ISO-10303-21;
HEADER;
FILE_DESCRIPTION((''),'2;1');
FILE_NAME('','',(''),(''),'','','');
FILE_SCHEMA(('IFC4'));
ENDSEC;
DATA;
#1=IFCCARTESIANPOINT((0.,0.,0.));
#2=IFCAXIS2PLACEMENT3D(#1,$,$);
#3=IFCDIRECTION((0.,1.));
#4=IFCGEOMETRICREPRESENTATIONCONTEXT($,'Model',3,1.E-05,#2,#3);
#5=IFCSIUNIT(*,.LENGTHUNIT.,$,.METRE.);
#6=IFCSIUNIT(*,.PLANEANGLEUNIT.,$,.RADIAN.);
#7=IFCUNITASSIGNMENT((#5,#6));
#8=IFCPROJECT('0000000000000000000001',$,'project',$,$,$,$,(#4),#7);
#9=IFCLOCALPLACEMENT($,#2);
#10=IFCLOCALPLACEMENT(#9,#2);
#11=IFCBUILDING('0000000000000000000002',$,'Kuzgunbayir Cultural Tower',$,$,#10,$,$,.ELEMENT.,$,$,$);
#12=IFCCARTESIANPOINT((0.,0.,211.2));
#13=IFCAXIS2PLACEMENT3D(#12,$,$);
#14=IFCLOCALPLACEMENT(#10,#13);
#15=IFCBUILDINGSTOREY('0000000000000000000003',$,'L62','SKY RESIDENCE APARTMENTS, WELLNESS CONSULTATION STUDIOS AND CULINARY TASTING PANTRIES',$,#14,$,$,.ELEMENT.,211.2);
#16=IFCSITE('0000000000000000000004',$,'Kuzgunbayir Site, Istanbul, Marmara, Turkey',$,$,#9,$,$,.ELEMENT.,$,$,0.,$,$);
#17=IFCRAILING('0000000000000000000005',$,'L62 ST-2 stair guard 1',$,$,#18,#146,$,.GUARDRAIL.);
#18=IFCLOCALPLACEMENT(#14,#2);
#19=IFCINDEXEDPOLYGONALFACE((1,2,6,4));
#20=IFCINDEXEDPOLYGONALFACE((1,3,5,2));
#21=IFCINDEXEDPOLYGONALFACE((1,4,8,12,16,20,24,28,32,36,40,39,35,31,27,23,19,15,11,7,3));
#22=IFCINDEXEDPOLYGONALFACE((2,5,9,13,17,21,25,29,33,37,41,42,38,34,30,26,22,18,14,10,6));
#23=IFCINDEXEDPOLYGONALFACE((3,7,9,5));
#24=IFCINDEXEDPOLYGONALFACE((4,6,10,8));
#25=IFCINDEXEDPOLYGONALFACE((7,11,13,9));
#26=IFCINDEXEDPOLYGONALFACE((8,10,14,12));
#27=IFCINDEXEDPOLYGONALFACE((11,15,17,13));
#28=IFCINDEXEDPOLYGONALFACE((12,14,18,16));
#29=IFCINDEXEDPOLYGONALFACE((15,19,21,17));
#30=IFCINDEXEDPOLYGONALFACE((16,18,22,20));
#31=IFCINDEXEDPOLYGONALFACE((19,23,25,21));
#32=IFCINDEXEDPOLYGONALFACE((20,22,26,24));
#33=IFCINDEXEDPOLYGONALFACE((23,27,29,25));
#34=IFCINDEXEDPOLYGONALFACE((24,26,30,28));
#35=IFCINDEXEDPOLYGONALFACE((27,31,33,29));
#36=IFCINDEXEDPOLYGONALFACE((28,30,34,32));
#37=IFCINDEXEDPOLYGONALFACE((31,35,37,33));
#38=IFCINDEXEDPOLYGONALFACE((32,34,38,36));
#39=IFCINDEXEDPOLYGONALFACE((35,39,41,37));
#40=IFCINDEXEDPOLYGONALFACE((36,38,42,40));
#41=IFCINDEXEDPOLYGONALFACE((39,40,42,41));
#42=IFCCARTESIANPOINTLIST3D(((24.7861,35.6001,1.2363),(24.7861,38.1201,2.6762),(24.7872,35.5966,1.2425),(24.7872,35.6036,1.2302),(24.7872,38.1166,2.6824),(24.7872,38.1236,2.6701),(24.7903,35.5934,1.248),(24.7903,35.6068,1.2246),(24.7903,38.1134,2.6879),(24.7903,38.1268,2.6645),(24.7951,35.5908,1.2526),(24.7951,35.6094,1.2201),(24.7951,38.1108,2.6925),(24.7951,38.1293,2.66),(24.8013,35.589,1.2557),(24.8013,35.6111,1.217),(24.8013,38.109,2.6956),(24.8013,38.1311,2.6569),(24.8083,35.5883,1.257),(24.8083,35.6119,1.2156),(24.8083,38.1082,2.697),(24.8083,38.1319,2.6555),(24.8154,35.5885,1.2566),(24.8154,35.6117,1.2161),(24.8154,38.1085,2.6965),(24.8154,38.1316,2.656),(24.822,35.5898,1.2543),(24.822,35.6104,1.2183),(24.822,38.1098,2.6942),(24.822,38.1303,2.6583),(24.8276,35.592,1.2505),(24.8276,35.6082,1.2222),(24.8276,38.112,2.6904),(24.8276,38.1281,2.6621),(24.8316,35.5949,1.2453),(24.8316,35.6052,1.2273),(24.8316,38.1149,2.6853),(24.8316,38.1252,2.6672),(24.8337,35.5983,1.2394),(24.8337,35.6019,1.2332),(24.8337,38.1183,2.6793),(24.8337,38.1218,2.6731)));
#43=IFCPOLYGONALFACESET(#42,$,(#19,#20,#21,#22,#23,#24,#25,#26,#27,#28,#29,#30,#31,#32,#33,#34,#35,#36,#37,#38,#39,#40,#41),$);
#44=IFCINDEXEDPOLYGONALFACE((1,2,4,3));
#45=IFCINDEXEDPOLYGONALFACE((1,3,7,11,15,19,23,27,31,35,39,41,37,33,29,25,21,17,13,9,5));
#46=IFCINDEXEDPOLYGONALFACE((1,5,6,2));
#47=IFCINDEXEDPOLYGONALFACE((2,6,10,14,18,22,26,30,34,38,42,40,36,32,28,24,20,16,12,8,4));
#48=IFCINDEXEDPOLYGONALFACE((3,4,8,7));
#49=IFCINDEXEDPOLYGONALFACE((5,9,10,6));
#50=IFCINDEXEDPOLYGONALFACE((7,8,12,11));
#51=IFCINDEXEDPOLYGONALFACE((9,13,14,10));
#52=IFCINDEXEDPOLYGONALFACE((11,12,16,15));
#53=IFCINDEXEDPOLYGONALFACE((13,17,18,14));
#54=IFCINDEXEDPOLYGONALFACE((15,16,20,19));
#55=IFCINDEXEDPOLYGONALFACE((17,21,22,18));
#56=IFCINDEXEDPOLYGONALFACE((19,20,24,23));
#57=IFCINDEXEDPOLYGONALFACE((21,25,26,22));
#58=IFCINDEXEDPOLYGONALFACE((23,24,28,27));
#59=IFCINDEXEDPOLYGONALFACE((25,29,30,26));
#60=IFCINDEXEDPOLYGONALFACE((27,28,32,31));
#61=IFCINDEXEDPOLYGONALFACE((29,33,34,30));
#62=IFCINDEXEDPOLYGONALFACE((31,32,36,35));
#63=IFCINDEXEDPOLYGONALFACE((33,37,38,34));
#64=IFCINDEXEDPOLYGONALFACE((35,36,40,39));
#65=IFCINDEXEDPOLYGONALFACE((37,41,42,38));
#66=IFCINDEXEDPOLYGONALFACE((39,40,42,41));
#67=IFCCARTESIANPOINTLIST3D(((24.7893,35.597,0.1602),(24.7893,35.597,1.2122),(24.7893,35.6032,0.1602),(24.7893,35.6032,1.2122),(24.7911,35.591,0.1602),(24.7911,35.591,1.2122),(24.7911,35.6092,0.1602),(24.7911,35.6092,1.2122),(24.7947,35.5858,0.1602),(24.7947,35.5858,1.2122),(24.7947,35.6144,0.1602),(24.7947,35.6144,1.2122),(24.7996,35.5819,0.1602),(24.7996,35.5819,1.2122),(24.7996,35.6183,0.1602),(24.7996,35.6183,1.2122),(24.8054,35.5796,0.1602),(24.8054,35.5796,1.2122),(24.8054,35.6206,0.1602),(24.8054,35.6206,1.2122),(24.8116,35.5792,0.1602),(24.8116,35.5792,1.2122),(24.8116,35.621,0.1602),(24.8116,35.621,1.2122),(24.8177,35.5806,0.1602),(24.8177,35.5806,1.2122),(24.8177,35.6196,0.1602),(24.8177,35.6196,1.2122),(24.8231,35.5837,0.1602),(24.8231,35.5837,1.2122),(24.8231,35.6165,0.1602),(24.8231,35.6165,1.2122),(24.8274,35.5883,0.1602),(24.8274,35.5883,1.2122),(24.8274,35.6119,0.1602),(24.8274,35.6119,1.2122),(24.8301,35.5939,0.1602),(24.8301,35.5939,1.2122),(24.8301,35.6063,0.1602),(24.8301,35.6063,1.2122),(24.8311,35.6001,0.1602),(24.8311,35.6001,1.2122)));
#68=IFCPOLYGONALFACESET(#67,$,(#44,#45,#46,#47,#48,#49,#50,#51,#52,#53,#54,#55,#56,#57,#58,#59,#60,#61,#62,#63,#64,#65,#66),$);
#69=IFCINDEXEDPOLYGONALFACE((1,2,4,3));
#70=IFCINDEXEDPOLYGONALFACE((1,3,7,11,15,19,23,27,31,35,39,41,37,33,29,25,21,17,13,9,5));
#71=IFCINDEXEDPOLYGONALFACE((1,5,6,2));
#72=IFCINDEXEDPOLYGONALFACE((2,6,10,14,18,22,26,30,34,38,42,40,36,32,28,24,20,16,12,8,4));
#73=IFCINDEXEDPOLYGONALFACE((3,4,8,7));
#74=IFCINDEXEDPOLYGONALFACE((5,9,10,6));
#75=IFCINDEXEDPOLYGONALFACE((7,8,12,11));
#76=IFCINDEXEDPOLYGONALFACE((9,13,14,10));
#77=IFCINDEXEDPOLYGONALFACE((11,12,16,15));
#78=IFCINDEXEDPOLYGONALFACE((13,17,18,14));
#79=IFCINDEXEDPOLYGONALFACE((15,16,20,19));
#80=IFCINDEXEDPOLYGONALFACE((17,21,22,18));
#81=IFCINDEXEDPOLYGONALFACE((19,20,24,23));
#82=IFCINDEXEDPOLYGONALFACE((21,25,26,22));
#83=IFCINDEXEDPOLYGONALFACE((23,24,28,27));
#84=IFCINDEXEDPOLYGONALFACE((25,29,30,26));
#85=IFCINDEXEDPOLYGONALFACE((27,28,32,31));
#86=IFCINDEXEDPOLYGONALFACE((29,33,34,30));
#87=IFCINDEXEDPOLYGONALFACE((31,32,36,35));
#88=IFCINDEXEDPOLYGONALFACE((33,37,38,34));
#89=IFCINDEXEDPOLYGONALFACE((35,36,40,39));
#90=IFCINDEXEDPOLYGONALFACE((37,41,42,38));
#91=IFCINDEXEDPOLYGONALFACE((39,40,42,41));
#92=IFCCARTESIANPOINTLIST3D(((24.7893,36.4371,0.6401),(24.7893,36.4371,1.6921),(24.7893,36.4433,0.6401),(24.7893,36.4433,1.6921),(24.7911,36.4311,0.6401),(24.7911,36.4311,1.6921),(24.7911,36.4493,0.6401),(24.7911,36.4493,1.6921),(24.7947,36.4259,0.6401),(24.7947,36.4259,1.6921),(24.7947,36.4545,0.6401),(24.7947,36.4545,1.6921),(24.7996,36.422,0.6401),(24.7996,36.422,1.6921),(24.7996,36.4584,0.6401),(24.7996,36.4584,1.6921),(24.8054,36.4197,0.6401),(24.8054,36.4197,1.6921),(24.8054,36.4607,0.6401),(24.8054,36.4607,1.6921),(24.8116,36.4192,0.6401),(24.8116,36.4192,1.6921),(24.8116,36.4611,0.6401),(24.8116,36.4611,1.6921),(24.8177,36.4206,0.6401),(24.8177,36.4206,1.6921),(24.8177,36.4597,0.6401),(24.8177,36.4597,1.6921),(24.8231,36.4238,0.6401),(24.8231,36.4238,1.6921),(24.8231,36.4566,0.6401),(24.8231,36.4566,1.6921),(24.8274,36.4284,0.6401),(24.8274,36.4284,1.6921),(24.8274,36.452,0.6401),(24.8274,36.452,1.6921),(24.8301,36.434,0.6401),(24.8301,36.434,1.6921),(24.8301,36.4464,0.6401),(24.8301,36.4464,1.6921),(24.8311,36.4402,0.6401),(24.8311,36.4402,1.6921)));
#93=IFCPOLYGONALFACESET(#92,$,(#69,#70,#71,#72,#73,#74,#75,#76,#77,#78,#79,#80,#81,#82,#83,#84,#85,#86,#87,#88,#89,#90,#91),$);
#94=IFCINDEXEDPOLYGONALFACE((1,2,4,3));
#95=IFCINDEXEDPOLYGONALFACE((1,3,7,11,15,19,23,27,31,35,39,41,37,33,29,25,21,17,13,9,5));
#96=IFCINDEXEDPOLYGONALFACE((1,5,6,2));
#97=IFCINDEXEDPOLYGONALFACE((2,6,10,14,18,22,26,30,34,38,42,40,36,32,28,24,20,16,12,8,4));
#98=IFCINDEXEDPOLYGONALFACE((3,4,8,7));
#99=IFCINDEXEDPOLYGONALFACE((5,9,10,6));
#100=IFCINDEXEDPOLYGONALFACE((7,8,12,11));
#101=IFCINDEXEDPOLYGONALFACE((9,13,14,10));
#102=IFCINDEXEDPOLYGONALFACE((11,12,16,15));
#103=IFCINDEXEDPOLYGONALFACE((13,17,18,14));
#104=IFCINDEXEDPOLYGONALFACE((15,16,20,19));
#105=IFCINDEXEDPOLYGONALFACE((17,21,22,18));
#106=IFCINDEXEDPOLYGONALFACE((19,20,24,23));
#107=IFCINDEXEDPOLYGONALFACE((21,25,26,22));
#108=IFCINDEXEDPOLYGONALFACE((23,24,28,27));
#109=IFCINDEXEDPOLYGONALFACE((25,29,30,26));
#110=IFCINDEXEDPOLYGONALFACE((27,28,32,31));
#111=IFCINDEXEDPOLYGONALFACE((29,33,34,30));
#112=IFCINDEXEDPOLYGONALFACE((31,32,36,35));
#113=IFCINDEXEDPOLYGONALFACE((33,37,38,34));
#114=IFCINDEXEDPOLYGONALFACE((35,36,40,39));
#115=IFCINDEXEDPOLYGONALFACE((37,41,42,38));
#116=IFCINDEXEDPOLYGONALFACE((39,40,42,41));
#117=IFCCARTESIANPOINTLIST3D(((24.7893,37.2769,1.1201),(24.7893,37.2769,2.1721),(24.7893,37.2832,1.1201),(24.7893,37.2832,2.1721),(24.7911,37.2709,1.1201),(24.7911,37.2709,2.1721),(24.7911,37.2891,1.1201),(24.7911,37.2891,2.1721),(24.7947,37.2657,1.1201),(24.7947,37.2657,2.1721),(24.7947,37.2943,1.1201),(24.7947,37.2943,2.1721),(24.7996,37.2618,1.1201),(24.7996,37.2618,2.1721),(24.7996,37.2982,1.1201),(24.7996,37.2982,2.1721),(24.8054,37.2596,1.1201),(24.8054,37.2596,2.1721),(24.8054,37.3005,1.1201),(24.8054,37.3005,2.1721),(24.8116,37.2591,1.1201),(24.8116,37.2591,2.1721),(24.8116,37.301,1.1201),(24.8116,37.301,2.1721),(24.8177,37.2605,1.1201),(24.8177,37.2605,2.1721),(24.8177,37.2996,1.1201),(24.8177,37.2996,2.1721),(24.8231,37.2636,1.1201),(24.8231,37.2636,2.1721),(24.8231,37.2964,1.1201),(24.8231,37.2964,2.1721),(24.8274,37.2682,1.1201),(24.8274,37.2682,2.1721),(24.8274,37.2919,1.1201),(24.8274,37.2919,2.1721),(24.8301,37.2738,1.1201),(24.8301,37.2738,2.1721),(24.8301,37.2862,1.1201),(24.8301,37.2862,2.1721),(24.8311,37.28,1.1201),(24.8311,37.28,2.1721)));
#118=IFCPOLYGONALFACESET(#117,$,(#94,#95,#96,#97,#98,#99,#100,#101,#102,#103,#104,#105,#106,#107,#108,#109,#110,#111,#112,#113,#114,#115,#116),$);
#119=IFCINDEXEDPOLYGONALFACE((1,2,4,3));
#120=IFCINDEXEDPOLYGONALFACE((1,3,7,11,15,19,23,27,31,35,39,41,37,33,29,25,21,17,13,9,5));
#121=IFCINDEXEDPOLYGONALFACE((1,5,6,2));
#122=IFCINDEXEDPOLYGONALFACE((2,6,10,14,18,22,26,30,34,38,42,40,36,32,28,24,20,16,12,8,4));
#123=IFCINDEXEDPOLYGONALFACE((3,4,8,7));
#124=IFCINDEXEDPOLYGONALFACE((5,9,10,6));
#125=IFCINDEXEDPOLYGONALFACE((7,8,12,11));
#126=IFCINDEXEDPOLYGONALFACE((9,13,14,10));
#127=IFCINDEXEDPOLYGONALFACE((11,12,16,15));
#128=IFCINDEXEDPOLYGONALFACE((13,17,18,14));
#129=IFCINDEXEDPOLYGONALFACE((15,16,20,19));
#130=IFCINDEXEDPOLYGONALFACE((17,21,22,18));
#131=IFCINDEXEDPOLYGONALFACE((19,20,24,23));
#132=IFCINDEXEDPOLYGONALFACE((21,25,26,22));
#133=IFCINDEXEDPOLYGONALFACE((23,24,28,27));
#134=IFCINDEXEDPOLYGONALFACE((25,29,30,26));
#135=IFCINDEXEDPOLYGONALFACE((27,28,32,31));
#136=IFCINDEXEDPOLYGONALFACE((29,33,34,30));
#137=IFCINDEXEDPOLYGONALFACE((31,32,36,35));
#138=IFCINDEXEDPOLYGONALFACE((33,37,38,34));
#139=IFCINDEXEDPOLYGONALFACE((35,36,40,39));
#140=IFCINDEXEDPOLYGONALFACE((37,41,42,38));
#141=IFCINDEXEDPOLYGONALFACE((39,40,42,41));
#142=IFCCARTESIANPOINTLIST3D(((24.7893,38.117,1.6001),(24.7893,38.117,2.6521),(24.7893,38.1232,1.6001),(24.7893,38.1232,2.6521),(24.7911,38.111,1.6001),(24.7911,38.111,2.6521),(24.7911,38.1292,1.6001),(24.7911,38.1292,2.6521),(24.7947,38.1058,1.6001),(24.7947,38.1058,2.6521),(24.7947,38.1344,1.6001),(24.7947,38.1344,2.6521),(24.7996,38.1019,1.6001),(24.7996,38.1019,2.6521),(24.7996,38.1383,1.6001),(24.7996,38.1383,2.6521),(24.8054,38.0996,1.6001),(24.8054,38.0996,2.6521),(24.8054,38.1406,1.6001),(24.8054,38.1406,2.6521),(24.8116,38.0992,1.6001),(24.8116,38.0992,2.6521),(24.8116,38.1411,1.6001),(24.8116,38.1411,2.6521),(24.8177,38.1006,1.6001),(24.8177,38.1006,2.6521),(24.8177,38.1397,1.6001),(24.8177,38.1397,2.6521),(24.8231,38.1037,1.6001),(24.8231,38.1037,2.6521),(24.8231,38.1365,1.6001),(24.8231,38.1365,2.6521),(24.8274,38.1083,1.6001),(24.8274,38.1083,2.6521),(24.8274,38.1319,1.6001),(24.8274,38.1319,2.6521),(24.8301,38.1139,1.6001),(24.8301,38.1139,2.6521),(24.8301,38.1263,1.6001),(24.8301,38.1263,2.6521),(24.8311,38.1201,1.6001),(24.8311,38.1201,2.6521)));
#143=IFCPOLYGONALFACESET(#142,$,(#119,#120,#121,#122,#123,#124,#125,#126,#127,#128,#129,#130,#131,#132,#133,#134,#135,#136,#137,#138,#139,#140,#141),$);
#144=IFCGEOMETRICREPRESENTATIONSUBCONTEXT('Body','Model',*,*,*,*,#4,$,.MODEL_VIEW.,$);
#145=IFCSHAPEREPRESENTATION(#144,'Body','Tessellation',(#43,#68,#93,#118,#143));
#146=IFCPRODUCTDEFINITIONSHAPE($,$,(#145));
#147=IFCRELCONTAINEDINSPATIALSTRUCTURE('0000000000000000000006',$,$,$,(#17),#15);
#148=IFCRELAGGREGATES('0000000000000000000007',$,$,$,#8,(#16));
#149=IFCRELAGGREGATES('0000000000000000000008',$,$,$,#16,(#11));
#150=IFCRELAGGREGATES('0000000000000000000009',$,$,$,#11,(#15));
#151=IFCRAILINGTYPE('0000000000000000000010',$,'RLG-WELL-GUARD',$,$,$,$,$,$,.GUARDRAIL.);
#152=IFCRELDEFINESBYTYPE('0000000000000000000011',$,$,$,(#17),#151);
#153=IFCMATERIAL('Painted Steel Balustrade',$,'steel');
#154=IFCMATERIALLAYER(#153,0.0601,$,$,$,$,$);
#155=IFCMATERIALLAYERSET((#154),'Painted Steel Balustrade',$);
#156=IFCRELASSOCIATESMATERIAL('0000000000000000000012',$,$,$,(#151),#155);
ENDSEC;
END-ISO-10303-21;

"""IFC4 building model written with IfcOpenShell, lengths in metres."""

from ifc_helpers import new_model, si_unit, direction, frame, origin, origin_2d, place, context, subcontext, project, spatial, circle, extrude, material, layer, layer_set, type_object, element, save


model = new_model("IFC4")

# Units and contexts
model_context = context("Model", 3, precision=1e-05, world=origin(), true_north=direction((0.0, 1.0)))
body_context = subcontext(model_context, "Body", "Model", "MODEL_VIEW")
ifc_project = project(units=[si_unit("LENGTHUNIT", "METRE"), si_unit("PLANEANGLEUNIT", "RADIAN")], contexts=[model_context])

# Site, building, storey
site_placement = place(None, origin())
site = spatial("IfcSite", under=ifc_project, at=site_placement, Name="Kuzgunbayir Site, Istanbul, Marmara, Turkey", CompositionType="ELEMENT", RefElevation=0.0)
building_placement = place(site_placement, origin())
building = spatial("IfcBuilding", under=site, at=building_placement, Name="Kuzgunbayir Cultural Tower", CompositionType="ELEMENT")
storey_placement = place(building_placement, frame((0.0, 0.0, 211.2)))
storey = spatial("IfcBuildingStorey", under=building, at=storey_placement, Name="L62", Description="SKY RESIDENCE APARTMENTS, WELLNESS CONSULTATION STUDIOS AND CULINARY TASTING PANTRIES", CompositionType="ELEMENT", Elevation=211.2)

# Railing
ifc_material_1 = material(Name="Painted Steel Balustrade", Category="steel")
ifc_layer_1 = layer(ifc_material_1, 0.0601)
ifc_layer_set_1 = layer_set([ifc_layer_1], Name="Painted Steel Balustrade")
railing_type_1 = type_object("IfcRailingType", Name="RLG-WELL-GUARD", PredefinedType="GUARDRAIL", material=ifc_layer_set_1)
railing_1_placement = place(storey_placement, frame((24.8101, 35.6001, 0.1602)))
element("IfcRailing", 1, at=railing_1_placement, inside=storey, type_object=railing_type_1, Name="L62 ST-2 stair guard 1", PredefinedType="GUARDRAIL", context=body_context, shape_type="SweptSolid", body=[
    extrude(circle(Radius=0.0239, at=origin_2d()), frame((0.0, 0.0, 1.0762), z_axis=(0.0, 0.868253, 0.496121), x_axis=(-1.0, 0.0, 0.0)), (0.0, 0.0, 1.0), 2.9023),
    extrude(circle(Radius=0.021, at=origin_2d()), origin(), (0.0, 0.0, 1.0), 1.052),
    extrude(circle(Radius=0.021, at=origin_2d()), frame((0.0, 0.8401, 0.48)), (0.0, 0.0, 1.0), 1.052),
    extrude(circle(Radius=0.021, at=origin_2d()), frame((0.0, 1.6799, 0.96)), (0.0, 0.0, 1.0), 1.052),
    extrude(circle(Radius=0.021, at=origin_2d()), frame((0.0, 2.52, 1.4399)), (0.0, 0.0, 1.0), 1.052),
])

save(model, "model.ifc")
